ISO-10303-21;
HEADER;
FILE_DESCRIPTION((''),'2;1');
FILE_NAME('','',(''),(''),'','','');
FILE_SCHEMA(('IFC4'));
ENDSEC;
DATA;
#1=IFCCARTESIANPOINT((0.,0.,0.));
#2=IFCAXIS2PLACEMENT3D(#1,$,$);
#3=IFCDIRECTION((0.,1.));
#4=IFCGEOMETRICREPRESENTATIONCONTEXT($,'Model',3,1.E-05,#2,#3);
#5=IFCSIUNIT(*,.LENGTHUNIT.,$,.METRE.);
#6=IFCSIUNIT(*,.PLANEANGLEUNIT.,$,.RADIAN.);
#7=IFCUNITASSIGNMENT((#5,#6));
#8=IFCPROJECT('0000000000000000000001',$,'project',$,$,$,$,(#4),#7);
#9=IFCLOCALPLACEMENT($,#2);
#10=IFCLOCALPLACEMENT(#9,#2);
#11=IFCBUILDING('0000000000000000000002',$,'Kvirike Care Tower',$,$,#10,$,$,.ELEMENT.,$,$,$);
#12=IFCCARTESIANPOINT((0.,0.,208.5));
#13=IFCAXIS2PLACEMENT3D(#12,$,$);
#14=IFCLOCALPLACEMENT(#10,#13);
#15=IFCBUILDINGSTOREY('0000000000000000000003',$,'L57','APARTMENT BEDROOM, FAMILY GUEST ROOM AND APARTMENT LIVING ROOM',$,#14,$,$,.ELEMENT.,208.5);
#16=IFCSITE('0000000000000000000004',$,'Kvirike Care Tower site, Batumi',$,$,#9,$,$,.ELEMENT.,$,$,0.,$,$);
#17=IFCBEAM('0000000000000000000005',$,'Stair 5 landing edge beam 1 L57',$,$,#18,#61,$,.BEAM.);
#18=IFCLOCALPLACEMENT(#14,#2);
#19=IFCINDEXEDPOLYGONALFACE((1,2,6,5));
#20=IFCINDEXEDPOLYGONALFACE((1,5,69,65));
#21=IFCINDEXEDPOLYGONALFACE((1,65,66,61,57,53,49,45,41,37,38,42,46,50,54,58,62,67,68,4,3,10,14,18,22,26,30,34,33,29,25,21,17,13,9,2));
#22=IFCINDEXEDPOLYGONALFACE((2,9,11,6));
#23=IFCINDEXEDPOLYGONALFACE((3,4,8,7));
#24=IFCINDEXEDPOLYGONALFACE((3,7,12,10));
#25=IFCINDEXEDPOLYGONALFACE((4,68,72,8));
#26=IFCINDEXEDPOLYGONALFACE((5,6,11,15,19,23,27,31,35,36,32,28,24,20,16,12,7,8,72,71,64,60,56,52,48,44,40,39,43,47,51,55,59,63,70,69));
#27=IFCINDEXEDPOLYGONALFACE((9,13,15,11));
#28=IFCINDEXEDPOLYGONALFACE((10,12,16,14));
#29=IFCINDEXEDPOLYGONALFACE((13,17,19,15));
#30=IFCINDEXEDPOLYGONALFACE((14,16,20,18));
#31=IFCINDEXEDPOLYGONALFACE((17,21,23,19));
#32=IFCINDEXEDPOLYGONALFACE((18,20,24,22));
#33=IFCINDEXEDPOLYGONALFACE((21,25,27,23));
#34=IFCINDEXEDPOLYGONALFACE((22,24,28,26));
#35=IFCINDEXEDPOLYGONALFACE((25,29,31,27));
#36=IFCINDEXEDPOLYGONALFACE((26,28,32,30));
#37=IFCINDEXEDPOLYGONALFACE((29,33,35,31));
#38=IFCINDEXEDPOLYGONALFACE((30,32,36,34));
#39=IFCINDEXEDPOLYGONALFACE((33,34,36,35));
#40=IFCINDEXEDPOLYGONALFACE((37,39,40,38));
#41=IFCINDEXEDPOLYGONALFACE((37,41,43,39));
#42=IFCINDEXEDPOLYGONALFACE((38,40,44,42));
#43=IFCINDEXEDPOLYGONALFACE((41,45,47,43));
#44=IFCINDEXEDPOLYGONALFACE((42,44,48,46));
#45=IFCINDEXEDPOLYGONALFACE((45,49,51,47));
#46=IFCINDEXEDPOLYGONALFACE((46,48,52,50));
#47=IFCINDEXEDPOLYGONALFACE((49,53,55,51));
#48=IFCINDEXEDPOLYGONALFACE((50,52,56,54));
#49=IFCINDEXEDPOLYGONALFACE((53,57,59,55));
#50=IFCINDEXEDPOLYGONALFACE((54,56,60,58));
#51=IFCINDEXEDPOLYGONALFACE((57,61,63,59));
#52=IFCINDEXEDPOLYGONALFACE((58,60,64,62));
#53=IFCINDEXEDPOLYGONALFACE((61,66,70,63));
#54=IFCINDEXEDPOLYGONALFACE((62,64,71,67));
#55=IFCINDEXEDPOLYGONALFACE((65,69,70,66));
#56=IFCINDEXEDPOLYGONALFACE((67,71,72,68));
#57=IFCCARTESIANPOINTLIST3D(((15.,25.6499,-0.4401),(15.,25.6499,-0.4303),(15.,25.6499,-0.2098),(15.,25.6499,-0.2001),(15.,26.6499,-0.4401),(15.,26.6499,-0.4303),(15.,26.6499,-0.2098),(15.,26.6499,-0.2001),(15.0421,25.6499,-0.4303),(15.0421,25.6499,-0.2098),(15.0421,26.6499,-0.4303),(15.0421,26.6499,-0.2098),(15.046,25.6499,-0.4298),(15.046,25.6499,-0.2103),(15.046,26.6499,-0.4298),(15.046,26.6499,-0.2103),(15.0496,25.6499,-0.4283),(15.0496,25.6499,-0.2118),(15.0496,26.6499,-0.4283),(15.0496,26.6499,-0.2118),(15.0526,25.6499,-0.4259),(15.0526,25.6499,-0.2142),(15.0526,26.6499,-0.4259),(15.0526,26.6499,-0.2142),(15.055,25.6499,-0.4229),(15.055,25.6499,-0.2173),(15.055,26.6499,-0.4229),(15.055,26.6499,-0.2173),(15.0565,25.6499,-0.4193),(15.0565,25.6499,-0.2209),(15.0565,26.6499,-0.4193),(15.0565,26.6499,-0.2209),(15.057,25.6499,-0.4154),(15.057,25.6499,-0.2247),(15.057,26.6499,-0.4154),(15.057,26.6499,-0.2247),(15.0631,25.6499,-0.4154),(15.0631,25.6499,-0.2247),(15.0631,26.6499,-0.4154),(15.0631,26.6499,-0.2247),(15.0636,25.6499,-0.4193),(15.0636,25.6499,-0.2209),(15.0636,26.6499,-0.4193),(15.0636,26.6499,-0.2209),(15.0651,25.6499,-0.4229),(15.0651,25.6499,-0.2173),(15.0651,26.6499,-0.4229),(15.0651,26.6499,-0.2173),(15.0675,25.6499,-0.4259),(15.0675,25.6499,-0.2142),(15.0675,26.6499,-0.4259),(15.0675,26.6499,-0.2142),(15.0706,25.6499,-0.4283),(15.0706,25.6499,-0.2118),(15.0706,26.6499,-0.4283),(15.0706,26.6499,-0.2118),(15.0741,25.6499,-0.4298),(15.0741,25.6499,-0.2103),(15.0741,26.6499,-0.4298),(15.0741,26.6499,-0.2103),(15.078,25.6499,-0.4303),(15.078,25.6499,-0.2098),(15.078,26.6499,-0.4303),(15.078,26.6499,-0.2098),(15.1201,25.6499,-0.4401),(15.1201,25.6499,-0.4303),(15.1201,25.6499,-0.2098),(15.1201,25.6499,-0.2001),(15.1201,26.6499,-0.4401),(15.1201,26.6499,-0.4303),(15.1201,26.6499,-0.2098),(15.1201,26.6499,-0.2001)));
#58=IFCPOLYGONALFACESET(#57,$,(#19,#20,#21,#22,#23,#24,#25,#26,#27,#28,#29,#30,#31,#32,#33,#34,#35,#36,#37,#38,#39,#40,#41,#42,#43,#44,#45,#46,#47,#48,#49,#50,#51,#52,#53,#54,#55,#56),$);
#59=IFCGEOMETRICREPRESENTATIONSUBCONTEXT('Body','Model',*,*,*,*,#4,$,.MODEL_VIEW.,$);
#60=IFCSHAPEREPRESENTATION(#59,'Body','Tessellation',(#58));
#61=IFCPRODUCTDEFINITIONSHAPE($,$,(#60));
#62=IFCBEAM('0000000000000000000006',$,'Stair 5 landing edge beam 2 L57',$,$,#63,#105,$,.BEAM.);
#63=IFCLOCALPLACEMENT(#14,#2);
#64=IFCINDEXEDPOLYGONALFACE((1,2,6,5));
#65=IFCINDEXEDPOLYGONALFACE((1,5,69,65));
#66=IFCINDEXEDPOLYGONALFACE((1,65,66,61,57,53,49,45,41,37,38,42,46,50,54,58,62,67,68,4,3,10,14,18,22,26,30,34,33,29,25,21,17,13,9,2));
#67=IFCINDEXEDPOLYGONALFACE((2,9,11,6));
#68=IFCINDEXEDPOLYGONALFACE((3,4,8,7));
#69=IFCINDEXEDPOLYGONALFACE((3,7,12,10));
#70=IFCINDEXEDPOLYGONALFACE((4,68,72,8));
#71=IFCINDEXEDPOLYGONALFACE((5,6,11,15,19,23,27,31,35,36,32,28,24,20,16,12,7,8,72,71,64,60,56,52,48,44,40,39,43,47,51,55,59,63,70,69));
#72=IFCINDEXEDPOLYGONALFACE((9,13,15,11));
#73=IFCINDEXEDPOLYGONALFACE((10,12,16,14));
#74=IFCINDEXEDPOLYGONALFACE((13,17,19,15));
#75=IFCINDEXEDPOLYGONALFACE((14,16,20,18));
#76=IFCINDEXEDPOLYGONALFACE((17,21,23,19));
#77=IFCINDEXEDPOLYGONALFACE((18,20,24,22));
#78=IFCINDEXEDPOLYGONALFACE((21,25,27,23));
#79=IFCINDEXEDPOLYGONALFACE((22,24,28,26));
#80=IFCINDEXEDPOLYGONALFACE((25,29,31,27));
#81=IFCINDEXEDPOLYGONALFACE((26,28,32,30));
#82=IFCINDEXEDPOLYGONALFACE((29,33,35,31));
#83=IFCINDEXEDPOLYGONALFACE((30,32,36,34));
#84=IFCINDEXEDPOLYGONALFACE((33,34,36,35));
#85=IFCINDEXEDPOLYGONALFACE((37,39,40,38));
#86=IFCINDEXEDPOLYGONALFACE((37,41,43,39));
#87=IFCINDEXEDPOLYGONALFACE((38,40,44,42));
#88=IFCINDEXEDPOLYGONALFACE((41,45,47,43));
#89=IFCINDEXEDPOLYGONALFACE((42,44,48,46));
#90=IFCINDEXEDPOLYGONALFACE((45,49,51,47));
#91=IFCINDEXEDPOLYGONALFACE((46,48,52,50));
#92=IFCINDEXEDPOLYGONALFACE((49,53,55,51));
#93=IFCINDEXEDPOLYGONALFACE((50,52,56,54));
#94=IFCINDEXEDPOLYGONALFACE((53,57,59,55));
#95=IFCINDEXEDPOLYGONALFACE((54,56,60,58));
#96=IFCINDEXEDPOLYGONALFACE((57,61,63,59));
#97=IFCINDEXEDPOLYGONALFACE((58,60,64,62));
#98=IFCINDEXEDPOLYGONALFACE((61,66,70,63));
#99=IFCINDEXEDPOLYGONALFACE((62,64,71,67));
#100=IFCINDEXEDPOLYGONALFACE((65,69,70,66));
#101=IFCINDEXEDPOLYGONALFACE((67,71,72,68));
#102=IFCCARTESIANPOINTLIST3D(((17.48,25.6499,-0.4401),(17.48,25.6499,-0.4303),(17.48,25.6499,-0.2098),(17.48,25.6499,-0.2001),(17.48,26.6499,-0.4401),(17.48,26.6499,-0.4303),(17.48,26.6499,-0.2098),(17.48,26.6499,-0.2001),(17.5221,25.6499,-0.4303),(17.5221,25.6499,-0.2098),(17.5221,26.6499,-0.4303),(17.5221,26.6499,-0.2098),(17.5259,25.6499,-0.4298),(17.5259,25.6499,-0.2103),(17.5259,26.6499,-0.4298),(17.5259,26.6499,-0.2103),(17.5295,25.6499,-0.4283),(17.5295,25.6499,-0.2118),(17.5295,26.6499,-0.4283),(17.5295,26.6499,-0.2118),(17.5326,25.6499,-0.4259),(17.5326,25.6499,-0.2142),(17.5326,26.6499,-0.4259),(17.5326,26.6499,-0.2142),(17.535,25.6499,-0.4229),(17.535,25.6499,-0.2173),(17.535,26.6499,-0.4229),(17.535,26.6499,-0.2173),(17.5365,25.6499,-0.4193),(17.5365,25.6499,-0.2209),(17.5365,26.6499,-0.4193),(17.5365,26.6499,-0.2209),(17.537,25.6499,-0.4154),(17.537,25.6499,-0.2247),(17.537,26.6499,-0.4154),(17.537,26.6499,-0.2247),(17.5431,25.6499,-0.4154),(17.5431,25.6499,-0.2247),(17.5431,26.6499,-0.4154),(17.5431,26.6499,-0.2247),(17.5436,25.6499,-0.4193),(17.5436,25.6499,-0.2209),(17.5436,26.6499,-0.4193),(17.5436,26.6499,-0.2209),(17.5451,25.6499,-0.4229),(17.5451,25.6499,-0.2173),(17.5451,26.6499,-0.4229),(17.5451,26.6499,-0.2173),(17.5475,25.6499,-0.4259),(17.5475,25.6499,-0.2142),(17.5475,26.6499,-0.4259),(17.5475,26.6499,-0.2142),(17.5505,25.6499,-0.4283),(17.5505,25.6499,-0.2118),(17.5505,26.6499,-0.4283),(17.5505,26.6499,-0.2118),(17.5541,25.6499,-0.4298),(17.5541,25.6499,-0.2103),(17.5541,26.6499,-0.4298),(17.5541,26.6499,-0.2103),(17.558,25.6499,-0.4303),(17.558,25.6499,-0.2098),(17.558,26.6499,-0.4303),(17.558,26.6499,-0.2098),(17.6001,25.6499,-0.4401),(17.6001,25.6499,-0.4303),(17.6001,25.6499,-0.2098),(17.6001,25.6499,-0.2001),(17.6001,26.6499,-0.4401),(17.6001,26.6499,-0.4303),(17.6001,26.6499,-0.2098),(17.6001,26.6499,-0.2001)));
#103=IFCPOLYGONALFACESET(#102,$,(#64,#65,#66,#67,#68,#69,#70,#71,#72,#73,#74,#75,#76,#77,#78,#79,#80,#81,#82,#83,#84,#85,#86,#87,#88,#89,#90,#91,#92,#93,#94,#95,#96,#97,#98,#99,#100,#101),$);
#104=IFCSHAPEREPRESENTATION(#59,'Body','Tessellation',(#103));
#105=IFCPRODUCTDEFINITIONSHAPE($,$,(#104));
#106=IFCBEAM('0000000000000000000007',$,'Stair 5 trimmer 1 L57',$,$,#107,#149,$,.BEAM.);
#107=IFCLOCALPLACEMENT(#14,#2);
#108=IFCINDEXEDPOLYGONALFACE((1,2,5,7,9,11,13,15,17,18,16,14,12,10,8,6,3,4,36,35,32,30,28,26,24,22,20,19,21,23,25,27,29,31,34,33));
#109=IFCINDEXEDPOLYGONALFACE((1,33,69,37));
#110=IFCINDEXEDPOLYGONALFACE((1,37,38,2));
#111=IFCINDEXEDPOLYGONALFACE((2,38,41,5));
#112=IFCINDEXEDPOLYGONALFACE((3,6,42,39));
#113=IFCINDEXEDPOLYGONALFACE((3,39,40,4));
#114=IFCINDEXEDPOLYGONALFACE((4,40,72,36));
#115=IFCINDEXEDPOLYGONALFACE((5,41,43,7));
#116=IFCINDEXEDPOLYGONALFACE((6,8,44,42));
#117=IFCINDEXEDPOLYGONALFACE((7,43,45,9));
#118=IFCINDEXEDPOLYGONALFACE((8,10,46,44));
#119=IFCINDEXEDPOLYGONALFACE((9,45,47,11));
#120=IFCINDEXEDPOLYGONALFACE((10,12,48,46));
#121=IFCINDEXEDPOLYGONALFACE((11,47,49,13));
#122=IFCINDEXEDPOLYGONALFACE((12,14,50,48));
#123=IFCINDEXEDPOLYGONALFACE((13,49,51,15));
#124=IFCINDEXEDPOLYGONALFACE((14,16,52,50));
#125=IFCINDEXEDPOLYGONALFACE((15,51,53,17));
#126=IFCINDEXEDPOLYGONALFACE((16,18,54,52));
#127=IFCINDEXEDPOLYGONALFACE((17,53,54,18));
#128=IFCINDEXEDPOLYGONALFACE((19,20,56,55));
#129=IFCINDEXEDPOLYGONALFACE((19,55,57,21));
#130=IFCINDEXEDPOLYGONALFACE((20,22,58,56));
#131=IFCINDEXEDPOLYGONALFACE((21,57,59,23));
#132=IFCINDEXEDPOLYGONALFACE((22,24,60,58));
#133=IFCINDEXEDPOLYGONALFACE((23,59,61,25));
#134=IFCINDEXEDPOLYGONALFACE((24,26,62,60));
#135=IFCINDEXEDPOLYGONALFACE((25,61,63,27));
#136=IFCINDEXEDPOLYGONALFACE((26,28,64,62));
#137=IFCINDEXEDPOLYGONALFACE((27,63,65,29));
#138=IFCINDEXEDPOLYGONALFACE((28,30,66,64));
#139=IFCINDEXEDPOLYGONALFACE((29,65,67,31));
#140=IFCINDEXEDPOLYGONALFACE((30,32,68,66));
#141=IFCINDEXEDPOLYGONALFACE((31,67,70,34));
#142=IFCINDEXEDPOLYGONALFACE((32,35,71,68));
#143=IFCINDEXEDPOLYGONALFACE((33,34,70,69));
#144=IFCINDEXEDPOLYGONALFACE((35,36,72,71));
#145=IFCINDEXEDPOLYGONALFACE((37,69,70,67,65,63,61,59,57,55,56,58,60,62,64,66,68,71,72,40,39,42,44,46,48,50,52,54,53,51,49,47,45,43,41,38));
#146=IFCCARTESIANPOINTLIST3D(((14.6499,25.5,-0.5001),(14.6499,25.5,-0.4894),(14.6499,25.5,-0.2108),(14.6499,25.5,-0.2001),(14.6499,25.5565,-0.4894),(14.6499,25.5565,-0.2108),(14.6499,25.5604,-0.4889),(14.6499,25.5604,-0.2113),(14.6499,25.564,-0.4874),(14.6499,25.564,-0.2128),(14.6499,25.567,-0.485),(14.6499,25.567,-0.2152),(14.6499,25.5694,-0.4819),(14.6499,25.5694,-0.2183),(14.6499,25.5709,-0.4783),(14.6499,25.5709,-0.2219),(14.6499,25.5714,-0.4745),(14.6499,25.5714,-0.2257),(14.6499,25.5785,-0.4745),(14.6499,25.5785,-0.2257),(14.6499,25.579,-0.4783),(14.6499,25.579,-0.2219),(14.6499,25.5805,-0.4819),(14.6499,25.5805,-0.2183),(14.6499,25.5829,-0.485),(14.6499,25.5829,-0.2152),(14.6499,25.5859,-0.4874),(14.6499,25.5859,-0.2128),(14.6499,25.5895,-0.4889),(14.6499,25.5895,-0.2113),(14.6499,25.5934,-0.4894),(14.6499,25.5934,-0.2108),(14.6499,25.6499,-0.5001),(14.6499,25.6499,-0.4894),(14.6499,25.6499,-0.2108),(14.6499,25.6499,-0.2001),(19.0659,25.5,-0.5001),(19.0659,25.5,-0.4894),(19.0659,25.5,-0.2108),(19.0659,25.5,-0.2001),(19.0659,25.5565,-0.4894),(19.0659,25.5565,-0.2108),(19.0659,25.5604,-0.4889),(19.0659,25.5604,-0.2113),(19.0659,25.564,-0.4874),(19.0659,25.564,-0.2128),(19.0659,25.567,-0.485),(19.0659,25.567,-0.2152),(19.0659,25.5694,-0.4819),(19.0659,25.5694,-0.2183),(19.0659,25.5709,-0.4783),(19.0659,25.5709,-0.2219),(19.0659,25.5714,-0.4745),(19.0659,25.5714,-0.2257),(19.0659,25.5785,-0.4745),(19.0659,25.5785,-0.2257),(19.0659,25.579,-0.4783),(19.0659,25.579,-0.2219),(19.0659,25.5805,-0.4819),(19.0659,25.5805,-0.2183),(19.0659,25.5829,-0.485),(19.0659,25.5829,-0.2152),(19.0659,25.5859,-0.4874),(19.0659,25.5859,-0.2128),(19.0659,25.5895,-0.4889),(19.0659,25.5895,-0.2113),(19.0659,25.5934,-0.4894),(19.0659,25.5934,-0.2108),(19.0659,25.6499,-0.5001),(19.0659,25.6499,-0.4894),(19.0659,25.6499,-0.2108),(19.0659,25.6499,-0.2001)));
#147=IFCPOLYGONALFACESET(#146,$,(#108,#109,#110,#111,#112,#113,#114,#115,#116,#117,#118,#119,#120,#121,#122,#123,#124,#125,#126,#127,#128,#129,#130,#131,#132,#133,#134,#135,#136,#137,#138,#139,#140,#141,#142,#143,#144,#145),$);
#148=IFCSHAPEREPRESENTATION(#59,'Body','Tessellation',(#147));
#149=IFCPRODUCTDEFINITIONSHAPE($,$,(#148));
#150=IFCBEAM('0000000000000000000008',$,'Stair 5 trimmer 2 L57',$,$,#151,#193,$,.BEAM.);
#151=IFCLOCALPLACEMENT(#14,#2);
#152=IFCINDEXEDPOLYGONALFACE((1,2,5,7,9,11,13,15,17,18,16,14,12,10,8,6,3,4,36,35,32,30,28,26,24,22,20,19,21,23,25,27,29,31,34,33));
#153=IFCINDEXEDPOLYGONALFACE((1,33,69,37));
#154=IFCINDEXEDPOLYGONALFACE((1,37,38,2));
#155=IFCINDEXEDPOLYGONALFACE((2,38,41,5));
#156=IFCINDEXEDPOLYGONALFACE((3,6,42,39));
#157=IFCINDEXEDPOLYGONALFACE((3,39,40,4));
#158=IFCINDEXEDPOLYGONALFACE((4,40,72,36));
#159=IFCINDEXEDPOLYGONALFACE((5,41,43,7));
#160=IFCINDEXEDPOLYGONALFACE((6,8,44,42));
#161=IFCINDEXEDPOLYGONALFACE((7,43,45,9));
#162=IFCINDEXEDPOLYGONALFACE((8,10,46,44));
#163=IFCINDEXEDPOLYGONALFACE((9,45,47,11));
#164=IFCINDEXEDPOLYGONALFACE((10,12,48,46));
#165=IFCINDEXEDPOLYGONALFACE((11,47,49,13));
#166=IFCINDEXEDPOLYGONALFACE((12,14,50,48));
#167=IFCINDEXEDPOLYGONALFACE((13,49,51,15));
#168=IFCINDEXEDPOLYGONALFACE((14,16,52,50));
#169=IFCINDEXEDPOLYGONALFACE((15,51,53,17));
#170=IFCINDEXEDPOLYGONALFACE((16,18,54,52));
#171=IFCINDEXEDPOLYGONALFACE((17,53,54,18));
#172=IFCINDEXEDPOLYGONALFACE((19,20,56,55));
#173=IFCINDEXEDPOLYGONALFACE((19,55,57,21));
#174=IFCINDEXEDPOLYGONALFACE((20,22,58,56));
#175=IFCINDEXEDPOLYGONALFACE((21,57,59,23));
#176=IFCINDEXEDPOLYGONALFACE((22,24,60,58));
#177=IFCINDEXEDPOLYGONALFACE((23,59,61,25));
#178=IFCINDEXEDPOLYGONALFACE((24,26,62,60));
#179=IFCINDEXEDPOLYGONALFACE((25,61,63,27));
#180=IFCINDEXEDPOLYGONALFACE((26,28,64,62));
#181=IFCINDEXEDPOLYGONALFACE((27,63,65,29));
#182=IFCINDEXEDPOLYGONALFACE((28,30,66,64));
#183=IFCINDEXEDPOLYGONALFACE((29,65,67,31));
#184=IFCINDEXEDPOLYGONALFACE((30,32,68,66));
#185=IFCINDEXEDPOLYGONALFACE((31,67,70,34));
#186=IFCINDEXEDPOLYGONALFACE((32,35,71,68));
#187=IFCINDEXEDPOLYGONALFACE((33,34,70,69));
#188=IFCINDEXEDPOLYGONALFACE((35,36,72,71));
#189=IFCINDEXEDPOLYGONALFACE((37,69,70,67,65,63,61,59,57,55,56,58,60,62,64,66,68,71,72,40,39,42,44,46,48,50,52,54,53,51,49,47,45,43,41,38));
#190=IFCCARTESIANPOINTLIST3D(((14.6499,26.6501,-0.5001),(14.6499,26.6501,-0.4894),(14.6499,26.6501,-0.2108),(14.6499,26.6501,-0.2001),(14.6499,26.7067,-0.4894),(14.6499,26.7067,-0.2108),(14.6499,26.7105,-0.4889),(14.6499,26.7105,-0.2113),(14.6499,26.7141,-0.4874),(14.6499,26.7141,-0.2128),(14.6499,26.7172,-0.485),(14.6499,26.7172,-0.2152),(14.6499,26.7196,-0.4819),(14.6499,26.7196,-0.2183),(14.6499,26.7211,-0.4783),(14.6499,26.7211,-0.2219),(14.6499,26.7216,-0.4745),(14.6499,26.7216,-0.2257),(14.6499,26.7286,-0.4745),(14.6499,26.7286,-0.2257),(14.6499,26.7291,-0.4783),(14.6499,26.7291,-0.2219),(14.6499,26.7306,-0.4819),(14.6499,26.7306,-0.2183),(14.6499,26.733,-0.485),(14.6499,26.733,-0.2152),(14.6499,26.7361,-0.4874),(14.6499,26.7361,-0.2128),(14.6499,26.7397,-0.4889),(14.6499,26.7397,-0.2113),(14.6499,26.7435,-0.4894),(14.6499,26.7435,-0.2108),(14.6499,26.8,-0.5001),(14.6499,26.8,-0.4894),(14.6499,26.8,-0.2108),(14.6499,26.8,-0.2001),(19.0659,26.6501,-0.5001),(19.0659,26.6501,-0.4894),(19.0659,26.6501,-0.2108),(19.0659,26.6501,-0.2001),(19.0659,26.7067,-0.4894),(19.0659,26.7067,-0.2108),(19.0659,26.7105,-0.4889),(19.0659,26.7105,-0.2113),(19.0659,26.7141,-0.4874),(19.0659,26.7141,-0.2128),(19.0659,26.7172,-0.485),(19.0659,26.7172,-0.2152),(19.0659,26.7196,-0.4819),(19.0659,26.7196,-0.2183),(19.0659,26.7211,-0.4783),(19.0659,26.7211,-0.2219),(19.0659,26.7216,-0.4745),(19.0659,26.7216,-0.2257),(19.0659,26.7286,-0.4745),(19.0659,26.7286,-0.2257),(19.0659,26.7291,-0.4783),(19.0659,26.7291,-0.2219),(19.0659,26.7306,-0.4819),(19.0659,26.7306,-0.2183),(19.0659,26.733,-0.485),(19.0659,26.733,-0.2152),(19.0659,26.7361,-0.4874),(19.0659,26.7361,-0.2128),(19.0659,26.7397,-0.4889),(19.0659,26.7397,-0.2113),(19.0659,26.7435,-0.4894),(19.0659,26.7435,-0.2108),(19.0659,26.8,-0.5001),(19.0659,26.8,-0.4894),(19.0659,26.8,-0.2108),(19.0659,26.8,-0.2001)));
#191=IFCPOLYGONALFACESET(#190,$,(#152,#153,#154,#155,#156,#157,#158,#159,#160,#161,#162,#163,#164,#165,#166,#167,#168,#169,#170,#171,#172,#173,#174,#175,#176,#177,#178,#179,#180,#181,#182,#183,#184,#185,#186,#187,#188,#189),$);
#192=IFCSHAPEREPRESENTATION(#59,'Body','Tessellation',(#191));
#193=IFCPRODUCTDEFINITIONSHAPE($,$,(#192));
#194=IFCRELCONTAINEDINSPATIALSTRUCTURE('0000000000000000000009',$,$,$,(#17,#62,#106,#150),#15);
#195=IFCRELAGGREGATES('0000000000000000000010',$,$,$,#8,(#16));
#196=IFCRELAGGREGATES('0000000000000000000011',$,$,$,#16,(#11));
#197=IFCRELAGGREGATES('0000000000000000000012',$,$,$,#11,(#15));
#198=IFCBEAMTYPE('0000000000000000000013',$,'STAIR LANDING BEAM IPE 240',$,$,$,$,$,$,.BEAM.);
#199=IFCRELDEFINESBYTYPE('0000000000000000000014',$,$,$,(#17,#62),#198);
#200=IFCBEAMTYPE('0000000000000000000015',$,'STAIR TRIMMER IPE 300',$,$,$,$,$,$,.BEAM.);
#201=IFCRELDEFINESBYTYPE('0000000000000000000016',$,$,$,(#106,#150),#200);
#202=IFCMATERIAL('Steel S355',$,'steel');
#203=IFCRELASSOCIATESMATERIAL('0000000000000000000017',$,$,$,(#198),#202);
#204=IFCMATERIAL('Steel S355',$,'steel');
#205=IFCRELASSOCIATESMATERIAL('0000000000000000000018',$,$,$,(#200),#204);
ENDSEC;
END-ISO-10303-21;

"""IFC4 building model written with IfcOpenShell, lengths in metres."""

from ifc_helpers import new_model, si_unit, direction, frame, origin, origin_2d, place, context, subcontext, project, spatial, i_section, extrude, material, material_profile, profile_set, type_object, element, save


model = new_model("IFC4")

# Units and contexts
model_context = context("Model", 3, precision=1e-05, world=origin(), true_north=direction((0.0, 1.0)))
body_context = subcontext(model_context, "Body", "Model", "MODEL_VIEW")
ifc_project = project(units=[si_unit("LENGTHUNIT", "METRE"), si_unit("PLANEANGLEUNIT", "RADIAN")], contexts=[model_context])

# Site, building, storey
site_placement = place(None, origin())
site = spatial("IfcSite", under=ifc_project, at=site_placement, Name="Kvirike Care Tower site, Batumi", CompositionType="ELEMENT", RefElevation=0.0)
building_placement = place(site_placement, origin())
building = spatial("IfcBuilding", under=site, at=building_placement, Name="Kvirike Care Tower", CompositionType="ELEMENT")
storey_placement = place(building_placement, frame((0.0, 0.0, 208.5)))
storey = spatial("IfcBuildingStorey", under=building, at=storey_placement, Name="L57", Description="APARTMENT BEDROOM, FAMILY GUEST ROOM AND APARTMENT LIVING ROOM", CompositionType="ELEMENT", Elevation=208.5)

# Beams
ifc_material_1 = material(Name="Steel S355", Category="steel")
ifc_material_profile_1 = material_profile(ifc_material_1, i_section(OverallWidth=0.1201, OverallDepth=0.24, WebThickness=0.0061, FlangeThickness=0.0098, FilletRadius=0.0149, at=origin_2d()), Name="IPE 240")
ifc_profile_set_1 = profile_set([ifc_material_profile_1], Name="Steel S355")
beam_type_1 = type_object("IfcBeamType", Name="STAIR LANDING BEAM IPE 240", PredefinedType="BEAM", material=ifc_profile_set_1)
for number, where, z_axis, x_axis, name in (
    (1, (15.0601, 25.6499, -0.3201), (0.0, 1.0, 0.0), (-1.0, 0.0, 0.0), "Stair 5 landing edge beam 1 L57"),
    (2, (17.54, 25.6499, -0.3201), (0.0, 1.0, 0.0), (-1.0, 0.0, 0.0), "Stair 5 landing edge beam 2 L57"),
):
    element("IfcBeam", number, at=place(storey_placement, frame(where, z_axis=z_axis, x_axis=x_axis)), inside=storey, type_object=beam_type_1, Name=name, PredefinedType="BEAM", context=body_context, shape_type="SweptSolid", body=[
        extrude(i_section(OverallWidth=0.1201, OverallDepth=0.24, WebThickness=0.0061, FlangeThickness=0.0098, FilletRadius=0.0149, at=origin_2d()), origin(), (0.0, 0.0, 1.0), 1.0),
    ])
ifc_material_2 = material(Name="Steel S355", Category="steel")
ifc_material_profile_2 = material_profile(ifc_material_2, i_section(OverallWidth=0.1499, OverallDepth=0.3, WebThickness=0.0071, FlangeThickness=0.0107, FilletRadius=0.0149, at=origin_2d()), Name="IPE 300")
ifc_profile_set_2 = profile_set([ifc_material_profile_2], Name="Steel S355")
beam_type_2 = type_object("IfcBeamType", Name="STAIR TRIMMER IPE 300", PredefinedType="BEAM", material=ifc_profile_set_2)
for number, where, z_axis, x_axis, name in (
    (3, (14.6499, 25.575, -0.3501), (1.0, 0.0, 0.0), (0.0, 1.0, 0.0), "Stair 5 trimmer 1 L57"),
    (4, (14.6499, 26.7251, -0.3501), (1.0, 0.0, 0.0), (0.0, 1.0, 0.0), "Stair 5 trimmer 2 L57"),
):
    element("IfcBeam", number, at=place(storey_placement, frame(where, z_axis=z_axis, x_axis=x_axis)), inside=storey, type_object=beam_type_2, Name=name, PredefinedType="BEAM", context=body_context, shape_type="SweptSolid", body=[
        extrude(i_section(OverallWidth=0.1499, OverallDepth=0.3, WebThickness=0.0071, FlangeThickness=0.0107, FilletRadius=0.0149, at=origin_2d()), origin(), (0.0, 0.0, 1.0), 4.416),
    ])

save(model, "model.ifc")
